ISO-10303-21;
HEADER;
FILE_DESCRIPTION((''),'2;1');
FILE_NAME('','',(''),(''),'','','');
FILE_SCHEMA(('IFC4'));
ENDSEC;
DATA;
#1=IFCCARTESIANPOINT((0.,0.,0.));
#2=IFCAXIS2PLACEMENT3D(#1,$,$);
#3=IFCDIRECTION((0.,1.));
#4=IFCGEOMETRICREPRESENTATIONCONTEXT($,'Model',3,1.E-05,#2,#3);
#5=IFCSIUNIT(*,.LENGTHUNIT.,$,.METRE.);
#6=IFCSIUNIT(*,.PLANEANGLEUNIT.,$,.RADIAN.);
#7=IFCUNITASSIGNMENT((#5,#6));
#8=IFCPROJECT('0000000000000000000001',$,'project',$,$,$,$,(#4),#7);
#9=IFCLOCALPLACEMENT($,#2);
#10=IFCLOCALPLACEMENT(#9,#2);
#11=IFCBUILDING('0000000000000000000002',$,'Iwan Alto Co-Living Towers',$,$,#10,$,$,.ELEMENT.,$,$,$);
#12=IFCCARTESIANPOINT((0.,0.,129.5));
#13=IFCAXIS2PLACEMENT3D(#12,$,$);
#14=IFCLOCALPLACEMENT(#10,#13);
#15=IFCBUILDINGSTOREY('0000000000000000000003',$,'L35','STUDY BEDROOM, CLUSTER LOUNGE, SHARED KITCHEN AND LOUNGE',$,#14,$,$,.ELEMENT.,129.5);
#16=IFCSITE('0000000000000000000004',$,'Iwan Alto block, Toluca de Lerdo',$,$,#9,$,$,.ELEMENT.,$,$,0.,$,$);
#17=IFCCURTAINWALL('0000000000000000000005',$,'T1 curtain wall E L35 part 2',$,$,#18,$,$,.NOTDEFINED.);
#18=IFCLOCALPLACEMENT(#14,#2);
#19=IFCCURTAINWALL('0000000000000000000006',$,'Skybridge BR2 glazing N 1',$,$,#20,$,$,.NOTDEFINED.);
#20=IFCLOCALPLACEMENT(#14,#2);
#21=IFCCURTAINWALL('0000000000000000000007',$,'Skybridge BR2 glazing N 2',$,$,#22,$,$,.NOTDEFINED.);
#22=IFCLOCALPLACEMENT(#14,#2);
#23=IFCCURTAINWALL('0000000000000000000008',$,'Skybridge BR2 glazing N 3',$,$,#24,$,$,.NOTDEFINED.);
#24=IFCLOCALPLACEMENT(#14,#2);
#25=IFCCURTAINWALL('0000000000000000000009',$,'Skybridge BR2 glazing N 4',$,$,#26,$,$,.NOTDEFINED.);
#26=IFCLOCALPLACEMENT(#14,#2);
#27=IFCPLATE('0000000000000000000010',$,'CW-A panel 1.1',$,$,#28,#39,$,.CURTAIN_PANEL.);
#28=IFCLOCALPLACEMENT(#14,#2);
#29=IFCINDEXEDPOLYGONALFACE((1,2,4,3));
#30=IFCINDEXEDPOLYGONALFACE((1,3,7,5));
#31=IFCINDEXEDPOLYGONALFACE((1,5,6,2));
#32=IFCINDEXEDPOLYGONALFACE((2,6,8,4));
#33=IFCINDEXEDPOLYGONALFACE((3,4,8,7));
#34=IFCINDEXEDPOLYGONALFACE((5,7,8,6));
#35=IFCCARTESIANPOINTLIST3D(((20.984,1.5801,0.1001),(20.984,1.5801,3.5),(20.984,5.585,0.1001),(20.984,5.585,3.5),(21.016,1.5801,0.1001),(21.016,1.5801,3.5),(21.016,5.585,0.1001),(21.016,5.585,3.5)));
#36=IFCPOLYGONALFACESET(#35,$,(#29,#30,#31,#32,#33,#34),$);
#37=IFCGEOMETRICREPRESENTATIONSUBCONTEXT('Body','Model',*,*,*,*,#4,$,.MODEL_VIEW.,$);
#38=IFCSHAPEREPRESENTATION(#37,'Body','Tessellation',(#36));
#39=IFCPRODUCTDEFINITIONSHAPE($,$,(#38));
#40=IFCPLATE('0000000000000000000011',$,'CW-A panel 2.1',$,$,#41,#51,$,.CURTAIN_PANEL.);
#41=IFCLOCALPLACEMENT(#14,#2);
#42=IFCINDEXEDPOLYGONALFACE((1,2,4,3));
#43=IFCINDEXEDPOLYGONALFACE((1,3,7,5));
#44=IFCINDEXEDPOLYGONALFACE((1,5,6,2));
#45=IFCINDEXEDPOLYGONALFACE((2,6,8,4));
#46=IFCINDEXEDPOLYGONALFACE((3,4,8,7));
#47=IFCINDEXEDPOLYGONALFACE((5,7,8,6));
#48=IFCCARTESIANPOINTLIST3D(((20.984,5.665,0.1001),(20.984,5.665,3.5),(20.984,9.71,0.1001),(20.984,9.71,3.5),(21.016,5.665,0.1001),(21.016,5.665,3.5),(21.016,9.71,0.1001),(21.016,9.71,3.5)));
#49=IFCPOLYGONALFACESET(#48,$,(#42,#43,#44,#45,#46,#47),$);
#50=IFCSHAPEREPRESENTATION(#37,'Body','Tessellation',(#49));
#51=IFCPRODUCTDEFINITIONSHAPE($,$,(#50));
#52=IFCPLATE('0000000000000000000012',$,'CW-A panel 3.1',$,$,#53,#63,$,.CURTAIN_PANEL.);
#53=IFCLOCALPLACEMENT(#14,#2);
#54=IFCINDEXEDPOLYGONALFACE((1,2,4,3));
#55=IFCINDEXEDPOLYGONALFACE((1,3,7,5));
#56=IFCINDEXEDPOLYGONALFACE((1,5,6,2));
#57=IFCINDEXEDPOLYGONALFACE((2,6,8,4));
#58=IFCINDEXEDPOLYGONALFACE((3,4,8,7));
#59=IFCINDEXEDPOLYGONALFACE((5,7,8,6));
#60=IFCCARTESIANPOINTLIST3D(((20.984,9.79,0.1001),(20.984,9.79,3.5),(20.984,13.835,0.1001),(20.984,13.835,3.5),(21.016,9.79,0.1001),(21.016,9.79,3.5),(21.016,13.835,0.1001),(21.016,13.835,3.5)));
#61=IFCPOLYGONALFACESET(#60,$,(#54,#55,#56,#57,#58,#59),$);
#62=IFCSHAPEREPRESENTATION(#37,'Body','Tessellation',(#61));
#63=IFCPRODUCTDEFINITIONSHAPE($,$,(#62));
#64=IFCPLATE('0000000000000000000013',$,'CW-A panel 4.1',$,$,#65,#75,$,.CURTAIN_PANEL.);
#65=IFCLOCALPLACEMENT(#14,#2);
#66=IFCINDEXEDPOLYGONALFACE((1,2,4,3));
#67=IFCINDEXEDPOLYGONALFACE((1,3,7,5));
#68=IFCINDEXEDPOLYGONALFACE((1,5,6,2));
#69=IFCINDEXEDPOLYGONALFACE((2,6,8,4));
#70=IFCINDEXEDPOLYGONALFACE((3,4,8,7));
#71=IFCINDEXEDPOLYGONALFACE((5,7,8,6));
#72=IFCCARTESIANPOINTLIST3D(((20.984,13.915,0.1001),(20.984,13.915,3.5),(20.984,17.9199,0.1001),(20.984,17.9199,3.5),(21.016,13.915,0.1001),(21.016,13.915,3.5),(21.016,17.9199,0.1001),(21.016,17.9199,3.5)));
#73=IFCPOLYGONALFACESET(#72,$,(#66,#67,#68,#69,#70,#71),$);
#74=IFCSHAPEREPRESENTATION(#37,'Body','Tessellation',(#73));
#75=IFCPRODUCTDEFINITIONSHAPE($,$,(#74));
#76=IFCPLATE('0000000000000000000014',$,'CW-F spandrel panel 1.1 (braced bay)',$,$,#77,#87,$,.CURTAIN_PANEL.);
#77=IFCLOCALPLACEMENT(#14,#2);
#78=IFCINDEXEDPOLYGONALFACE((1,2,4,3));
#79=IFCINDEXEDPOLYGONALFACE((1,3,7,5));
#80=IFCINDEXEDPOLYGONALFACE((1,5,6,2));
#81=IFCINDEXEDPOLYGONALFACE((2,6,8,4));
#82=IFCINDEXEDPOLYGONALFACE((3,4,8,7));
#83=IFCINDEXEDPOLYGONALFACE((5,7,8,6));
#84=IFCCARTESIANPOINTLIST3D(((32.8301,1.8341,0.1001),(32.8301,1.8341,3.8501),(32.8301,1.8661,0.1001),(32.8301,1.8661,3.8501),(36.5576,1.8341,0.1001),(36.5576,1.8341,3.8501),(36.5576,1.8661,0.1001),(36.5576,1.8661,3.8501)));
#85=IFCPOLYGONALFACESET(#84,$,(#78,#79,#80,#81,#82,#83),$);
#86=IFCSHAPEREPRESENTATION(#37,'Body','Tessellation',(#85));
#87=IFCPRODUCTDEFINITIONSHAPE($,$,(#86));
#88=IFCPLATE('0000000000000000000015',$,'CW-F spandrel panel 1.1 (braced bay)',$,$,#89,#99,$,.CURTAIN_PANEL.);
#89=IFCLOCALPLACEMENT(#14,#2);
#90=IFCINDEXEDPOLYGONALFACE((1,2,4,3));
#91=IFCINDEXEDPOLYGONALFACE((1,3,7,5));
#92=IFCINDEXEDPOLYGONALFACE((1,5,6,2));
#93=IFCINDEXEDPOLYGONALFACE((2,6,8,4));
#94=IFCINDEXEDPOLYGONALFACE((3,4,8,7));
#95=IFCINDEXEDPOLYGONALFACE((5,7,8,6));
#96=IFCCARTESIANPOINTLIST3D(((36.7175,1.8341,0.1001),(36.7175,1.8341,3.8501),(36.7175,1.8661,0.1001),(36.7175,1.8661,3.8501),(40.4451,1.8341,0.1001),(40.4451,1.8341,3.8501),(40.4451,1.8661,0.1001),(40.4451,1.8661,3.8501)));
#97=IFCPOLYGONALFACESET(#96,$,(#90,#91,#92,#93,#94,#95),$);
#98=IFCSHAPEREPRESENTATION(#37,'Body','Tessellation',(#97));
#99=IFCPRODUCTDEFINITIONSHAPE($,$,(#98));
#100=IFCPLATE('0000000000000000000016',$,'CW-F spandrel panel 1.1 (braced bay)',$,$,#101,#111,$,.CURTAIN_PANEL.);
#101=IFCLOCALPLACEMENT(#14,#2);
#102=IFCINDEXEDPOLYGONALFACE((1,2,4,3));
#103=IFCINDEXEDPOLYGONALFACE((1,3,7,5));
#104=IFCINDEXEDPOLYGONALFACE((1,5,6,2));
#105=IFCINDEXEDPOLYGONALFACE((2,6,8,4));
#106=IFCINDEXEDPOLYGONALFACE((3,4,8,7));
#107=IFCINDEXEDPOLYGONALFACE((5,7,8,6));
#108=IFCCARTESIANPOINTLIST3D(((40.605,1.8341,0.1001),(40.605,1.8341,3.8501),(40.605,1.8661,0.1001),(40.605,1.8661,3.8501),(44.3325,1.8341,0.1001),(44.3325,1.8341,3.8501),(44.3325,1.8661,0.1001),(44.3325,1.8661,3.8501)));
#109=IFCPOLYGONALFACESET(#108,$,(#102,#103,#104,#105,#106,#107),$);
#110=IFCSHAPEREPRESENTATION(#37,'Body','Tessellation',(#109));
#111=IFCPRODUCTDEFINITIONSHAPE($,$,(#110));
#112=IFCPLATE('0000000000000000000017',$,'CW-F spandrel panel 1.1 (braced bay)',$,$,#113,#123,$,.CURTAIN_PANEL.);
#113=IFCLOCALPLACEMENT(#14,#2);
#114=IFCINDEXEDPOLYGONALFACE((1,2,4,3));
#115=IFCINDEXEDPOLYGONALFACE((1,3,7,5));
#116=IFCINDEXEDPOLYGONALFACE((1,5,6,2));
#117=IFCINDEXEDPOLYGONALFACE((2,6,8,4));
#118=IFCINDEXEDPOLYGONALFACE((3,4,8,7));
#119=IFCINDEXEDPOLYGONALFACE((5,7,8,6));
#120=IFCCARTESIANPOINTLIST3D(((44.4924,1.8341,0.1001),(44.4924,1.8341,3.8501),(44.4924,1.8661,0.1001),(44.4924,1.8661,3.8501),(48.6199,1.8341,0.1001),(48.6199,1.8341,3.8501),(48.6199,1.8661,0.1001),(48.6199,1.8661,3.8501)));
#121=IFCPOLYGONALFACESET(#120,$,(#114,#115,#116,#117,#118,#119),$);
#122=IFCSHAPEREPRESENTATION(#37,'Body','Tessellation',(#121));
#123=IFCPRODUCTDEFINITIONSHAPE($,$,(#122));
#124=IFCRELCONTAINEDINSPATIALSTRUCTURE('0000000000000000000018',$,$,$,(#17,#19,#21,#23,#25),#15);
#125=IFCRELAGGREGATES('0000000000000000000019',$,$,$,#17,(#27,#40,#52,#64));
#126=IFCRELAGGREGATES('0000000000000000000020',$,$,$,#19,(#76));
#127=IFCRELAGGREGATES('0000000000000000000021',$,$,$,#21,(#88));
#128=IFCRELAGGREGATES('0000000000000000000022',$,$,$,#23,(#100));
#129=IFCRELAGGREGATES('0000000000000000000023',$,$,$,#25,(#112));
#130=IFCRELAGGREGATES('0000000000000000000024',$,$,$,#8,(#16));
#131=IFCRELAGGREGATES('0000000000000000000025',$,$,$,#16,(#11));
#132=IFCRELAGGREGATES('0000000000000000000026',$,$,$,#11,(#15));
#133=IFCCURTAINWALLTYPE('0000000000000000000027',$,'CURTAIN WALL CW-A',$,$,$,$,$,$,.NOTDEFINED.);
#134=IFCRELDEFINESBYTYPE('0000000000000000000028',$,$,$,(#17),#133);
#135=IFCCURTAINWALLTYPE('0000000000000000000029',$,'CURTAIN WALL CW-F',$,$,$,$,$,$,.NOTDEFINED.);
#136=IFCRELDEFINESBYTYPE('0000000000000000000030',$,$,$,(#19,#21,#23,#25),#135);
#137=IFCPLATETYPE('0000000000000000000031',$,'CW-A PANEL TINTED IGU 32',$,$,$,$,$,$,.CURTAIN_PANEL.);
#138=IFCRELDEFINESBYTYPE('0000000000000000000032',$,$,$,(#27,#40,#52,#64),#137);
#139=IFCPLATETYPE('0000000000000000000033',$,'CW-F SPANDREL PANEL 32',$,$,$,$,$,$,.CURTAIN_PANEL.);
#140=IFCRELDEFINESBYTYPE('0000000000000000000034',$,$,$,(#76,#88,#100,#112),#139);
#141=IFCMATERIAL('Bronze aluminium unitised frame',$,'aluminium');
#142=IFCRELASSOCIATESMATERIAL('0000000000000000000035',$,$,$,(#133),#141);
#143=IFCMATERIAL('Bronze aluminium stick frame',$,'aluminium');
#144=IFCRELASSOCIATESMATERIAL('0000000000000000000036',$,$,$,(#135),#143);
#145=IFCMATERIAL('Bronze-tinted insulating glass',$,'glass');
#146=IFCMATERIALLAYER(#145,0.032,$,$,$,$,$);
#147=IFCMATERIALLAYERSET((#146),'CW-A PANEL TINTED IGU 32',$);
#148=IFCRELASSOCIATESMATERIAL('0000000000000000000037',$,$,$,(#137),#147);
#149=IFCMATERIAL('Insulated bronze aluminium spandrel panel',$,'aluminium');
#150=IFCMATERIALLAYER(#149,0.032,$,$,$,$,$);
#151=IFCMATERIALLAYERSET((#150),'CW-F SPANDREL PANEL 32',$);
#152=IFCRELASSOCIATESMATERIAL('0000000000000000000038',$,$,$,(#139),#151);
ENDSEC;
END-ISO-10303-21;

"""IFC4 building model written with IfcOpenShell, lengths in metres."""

from ifc_helpers import new_model, si_unit, direction, frame, origin, origin_2d, place, context, subcontext, project, spatial, rectangle, extrude, material, layer, layer_set, type_object, element, aggregate, save


model = new_model("IFC4")

# Units and contexts
model_context = context("Model", 3, precision=1e-05, world=origin(), true_north=direction((0.0, 1.0)))
body_context = subcontext(model_context, "Body", "Model", "MODEL_VIEW")
ifc_project = project(units=[si_unit("LENGTHUNIT", "METRE"), si_unit("PLANEANGLEUNIT", "RADIAN")], contexts=[model_context])

# Site, building, storey
site_placement = place(None, origin())
site = spatial("IfcSite", under=ifc_project, at=site_placement, Name="Iwan Alto block, Toluca de Lerdo", CompositionType="ELEMENT", RefElevation=0.0)
building_placement = place(site_placement, origin())
building = spatial("IfcBuilding", under=site, at=building_placement, Name="Iwan Alto Co-Living Towers", CompositionType="ELEMENT")
storey_placement = place(building_placement, frame((0.0, 0.0, 129.5)))
storey = spatial("IfcBuildingStorey", under=building, at=storey_placement, Name="L35", Description="STUDY BEDROOM, CLUSTER LOUNGE, SHARED KITCHEN AND LOUNGE", CompositionType="ELEMENT", Elevation=129.5)

# Curtain wall
ifc_material_1 = material(Name="Bronze aluminium unitised frame", Category="aluminium")
curtain_wall_type_1 = type_object("IfcCurtainWallType", Name="CURTAIN WALL CW-A", PredefinedType="NOTDEFINED", material=ifc_material_1)
curtain_wall_1_placement = place(storey_placement, origin())
curtain_wall_1 = element("IfcCurtainWall", 1, at=curtain_wall_1_placement, inside=storey, type_object=curtain_wall_type_1, Name="T1 curtain wall E L35 part 2", PredefinedType="NOTDEFINED")

# Curtain walls
ifc_material_2 = material(Name="Bronze aluminium stick frame", Category="aluminium")
curtain_wall_type_2 = type_object("IfcCurtainWallType", Name="CURTAIN WALL CW-F", PredefinedType="NOTDEFINED", material=ifc_material_2)
curtain_wall_2_placement = place(storey_placement, origin())
curtain_wall_2 = element("IfcCurtainWall", 2, at=curtain_wall_2_placement, inside=storey, type_object=curtain_wall_type_2, Name="Skybridge BR2 glazing N 1", PredefinedType="NOTDEFINED")
curtain_wall_3_placement = place(storey_placement, origin())
curtain_wall_3 = element("IfcCurtainWall", 3, at=curtain_wall_3_placement, inside=storey, type_object=curtain_wall_type_2, Name="Skybridge BR2 glazing N 2", PredefinedType="NOTDEFINED")
curtain_wall_4_placement = place(storey_placement, origin())
curtain_wall_4 = element("IfcCurtainWall", 4, at=curtain_wall_4_placement, inside=storey, type_object=curtain_wall_type_2, Name="Skybridge BR2 glazing N 3", PredefinedType="NOTDEFINED")
curtain_wall_5_placement = place(storey_placement, origin())
curtain_wall_5 = element("IfcCurtainWall", 5, at=curtain_wall_5_placement, inside=storey, type_object=curtain_wall_type_2, Name="Skybridge BR2 glazing N 4", PredefinedType="NOTDEFINED")

# Plates
ifc_material_3 = material(Name="Bronze-tinted insulating glass", Category="glass")
ifc_layer_1 = layer(ifc_material_3, 0.032)
ifc_layer_set_1 = layer_set([ifc_layer_1], Name="CW-A PANEL TINTED IGU 32")
plate_type_1 = type_object("IfcPlateType", Name="CW-A PANEL TINTED IGU 32", PredefinedType="CURTAIN_PANEL", material=ifc_layer_set_1)
plate_1_placement = place(storey_placement, frame((21.0, 3.5825, 0.1001), z_axis=(0.0, 0.0, 1.0), x_axis=(0.0, 1.0, 0.0)))
plate_1 = element("IfcPlate", 6, at=plate_1_placement, type_object=plate_type_1, Name="CW-A panel 1.1", PredefinedType="CURTAIN_PANEL", context=body_context, shape_type="SweptSolid", body=[
    extrude(rectangle(XDim=4.0049, YDim=0.032, at=origin_2d()), origin(), (0.0, 0.0, 1.0), 3.3999),
])
plate_2_placement = place(storey_placement, frame((21.0, 7.6875, 0.1001), z_axis=(0.0, 0.0, 1.0), x_axis=(0.0, 1.0, 0.0)))
plate_2 = element("IfcPlate", 7, at=plate_2_placement, type_object=plate_type_1, Name="CW-A panel 2.1", PredefinedType="CURTAIN_PANEL", context=body_context, shape_type="SweptSolid", body=[
    extrude(rectangle(XDim=4.0449, YDim=0.032, at=origin_2d()), origin(), (0.0, 0.0, 1.0), 3.3999),
])
plate_3_placement = place(storey_placement, frame((21.0, 11.8125, 0.1001), z_axis=(0.0, 0.0, 1.0), x_axis=(0.0, 1.0, 0.0)))
plate_3 = element("IfcPlate", 8, at=plate_3_placement, type_object=plate_type_1, Name="CW-A panel 3.1", PredefinedType="CURTAIN_PANEL", context=body_context, shape_type="SweptSolid", body=[
    extrude(rectangle(XDim=4.0449, YDim=0.032, at=origin_2d()), origin(), (0.0, 0.0, 1.0), 3.3999),
])
plate_4_placement = place(storey_placement, frame((21.0, 15.9175, 0.1001), z_axis=(0.0, 0.0, 1.0), x_axis=(0.0, 1.0, 0.0)))
plate_4 = element("IfcPlate", 9, at=plate_4_placement, type_object=plate_type_1, Name="CW-A panel 4.1", PredefinedType="CURTAIN_PANEL", context=body_context, shape_type="SweptSolid", body=[
    extrude(rectangle(XDim=4.0049, YDim=0.032, at=origin_2d()), origin(), (0.0, 0.0, 1.0), 3.3999),
])
aggregate(curtain_wall_1, [plate_1, plate_2, plate_3, plate_4])
ifc_material_4 = material(Name="Insulated bronze aluminium spandrel panel", Category="aluminium")
ifc_layer_2 = layer(ifc_material_4, 0.032)
ifc_layer_set_2 = layer_set([ifc_layer_2], Name="CW-F SPANDREL PANEL 32")
plate_type_2 = type_object("IfcPlateType", Name="CW-F SPANDREL PANEL 32", PredefinedType="CURTAIN_PANEL", material=ifc_layer_set_2)
plate_5_placement = place(storey_placement, frame((34.6938, 1.8501, 0.1001), z_axis=(0.0, 0.0, 1.0), x_axis=(-1.0, 0.0, 0.0)))
plate_5 = element("IfcPlate", 10, at=plate_5_placement, type_object=plate_type_2, Name="CW-F spandrel panel 1.1 (braced bay)", PredefinedType="CURTAIN_PANEL", context=body_context, shape_type="SweptSolid", body=[
    extrude(rectangle(XDim=3.7275, YDim=0.032, at=origin_2d()), origin(), (0.0, 0.0, 1.0), 3.75),
])
aggregate(curtain_wall_2, [plate_5])
plate_6_placement = place(storey_placement, frame((38.5813, 1.8501, 0.1001), z_axis=(0.0, 0.0, 1.0), x_axis=(-1.0, 0.0, 0.0)))
plate_6 = element("IfcPlate", 11, at=plate_6_placement, type_object=plate_type_2, Name="CW-F spandrel panel 1.1 (braced bay)", PredefinedType="CURTAIN_PANEL", context=body_context, shape_type="SweptSolid", body=[
    extrude(rectangle(XDim=3.7275, YDim=0.032, at=origin_2d()), origin(), (0.0, 0.0, 1.0), 3.75),
])
aggregate(curtain_wall_3, [plate_6])
plate_7_placement = place(storey_placement, frame((42.4688, 1.8501, 0.1001), z_axis=(0.0, 0.0, 1.0), x_axis=(-1.0, 0.0, 0.0)))
plate_7 = element("IfcPlate", 12, at=plate_7_placement, type_object=plate_type_2, Name="CW-F spandrel panel 1.1 (braced bay)", PredefinedType="CURTAIN_PANEL", context=body_context, shape_type="SweptSolid", body=[
    extrude(rectangle(XDim=3.7275, YDim=0.032, at=origin_2d()), origin(), (0.0, 0.0, 1.0), 3.75),
])
aggregate(curtain_wall_4, [plate_7])
plate_8_placement = place(storey_placement, frame((46.5562, 1.8501, 0.1001), z_axis=(0.0, 0.0, 1.0), x_axis=(-1.0, 0.0, 0.0)))
plate_8 = element("IfcPlate", 13, at=plate_8_placement, type_object=plate_type_2, Name="CW-F spandrel panel 1.1 (braced bay)", PredefinedType="CURTAIN_PANEL", context=body_context, shape_type="SweptSolid", body=[
    extrude(rectangle(XDim=4.1274, YDim=0.032, at=origin_2d()), origin(), (0.0, 0.0, 1.0), 3.75),
])
aggregate(curtain_wall_5, [plate_8])

save(model, "model.ifc")
